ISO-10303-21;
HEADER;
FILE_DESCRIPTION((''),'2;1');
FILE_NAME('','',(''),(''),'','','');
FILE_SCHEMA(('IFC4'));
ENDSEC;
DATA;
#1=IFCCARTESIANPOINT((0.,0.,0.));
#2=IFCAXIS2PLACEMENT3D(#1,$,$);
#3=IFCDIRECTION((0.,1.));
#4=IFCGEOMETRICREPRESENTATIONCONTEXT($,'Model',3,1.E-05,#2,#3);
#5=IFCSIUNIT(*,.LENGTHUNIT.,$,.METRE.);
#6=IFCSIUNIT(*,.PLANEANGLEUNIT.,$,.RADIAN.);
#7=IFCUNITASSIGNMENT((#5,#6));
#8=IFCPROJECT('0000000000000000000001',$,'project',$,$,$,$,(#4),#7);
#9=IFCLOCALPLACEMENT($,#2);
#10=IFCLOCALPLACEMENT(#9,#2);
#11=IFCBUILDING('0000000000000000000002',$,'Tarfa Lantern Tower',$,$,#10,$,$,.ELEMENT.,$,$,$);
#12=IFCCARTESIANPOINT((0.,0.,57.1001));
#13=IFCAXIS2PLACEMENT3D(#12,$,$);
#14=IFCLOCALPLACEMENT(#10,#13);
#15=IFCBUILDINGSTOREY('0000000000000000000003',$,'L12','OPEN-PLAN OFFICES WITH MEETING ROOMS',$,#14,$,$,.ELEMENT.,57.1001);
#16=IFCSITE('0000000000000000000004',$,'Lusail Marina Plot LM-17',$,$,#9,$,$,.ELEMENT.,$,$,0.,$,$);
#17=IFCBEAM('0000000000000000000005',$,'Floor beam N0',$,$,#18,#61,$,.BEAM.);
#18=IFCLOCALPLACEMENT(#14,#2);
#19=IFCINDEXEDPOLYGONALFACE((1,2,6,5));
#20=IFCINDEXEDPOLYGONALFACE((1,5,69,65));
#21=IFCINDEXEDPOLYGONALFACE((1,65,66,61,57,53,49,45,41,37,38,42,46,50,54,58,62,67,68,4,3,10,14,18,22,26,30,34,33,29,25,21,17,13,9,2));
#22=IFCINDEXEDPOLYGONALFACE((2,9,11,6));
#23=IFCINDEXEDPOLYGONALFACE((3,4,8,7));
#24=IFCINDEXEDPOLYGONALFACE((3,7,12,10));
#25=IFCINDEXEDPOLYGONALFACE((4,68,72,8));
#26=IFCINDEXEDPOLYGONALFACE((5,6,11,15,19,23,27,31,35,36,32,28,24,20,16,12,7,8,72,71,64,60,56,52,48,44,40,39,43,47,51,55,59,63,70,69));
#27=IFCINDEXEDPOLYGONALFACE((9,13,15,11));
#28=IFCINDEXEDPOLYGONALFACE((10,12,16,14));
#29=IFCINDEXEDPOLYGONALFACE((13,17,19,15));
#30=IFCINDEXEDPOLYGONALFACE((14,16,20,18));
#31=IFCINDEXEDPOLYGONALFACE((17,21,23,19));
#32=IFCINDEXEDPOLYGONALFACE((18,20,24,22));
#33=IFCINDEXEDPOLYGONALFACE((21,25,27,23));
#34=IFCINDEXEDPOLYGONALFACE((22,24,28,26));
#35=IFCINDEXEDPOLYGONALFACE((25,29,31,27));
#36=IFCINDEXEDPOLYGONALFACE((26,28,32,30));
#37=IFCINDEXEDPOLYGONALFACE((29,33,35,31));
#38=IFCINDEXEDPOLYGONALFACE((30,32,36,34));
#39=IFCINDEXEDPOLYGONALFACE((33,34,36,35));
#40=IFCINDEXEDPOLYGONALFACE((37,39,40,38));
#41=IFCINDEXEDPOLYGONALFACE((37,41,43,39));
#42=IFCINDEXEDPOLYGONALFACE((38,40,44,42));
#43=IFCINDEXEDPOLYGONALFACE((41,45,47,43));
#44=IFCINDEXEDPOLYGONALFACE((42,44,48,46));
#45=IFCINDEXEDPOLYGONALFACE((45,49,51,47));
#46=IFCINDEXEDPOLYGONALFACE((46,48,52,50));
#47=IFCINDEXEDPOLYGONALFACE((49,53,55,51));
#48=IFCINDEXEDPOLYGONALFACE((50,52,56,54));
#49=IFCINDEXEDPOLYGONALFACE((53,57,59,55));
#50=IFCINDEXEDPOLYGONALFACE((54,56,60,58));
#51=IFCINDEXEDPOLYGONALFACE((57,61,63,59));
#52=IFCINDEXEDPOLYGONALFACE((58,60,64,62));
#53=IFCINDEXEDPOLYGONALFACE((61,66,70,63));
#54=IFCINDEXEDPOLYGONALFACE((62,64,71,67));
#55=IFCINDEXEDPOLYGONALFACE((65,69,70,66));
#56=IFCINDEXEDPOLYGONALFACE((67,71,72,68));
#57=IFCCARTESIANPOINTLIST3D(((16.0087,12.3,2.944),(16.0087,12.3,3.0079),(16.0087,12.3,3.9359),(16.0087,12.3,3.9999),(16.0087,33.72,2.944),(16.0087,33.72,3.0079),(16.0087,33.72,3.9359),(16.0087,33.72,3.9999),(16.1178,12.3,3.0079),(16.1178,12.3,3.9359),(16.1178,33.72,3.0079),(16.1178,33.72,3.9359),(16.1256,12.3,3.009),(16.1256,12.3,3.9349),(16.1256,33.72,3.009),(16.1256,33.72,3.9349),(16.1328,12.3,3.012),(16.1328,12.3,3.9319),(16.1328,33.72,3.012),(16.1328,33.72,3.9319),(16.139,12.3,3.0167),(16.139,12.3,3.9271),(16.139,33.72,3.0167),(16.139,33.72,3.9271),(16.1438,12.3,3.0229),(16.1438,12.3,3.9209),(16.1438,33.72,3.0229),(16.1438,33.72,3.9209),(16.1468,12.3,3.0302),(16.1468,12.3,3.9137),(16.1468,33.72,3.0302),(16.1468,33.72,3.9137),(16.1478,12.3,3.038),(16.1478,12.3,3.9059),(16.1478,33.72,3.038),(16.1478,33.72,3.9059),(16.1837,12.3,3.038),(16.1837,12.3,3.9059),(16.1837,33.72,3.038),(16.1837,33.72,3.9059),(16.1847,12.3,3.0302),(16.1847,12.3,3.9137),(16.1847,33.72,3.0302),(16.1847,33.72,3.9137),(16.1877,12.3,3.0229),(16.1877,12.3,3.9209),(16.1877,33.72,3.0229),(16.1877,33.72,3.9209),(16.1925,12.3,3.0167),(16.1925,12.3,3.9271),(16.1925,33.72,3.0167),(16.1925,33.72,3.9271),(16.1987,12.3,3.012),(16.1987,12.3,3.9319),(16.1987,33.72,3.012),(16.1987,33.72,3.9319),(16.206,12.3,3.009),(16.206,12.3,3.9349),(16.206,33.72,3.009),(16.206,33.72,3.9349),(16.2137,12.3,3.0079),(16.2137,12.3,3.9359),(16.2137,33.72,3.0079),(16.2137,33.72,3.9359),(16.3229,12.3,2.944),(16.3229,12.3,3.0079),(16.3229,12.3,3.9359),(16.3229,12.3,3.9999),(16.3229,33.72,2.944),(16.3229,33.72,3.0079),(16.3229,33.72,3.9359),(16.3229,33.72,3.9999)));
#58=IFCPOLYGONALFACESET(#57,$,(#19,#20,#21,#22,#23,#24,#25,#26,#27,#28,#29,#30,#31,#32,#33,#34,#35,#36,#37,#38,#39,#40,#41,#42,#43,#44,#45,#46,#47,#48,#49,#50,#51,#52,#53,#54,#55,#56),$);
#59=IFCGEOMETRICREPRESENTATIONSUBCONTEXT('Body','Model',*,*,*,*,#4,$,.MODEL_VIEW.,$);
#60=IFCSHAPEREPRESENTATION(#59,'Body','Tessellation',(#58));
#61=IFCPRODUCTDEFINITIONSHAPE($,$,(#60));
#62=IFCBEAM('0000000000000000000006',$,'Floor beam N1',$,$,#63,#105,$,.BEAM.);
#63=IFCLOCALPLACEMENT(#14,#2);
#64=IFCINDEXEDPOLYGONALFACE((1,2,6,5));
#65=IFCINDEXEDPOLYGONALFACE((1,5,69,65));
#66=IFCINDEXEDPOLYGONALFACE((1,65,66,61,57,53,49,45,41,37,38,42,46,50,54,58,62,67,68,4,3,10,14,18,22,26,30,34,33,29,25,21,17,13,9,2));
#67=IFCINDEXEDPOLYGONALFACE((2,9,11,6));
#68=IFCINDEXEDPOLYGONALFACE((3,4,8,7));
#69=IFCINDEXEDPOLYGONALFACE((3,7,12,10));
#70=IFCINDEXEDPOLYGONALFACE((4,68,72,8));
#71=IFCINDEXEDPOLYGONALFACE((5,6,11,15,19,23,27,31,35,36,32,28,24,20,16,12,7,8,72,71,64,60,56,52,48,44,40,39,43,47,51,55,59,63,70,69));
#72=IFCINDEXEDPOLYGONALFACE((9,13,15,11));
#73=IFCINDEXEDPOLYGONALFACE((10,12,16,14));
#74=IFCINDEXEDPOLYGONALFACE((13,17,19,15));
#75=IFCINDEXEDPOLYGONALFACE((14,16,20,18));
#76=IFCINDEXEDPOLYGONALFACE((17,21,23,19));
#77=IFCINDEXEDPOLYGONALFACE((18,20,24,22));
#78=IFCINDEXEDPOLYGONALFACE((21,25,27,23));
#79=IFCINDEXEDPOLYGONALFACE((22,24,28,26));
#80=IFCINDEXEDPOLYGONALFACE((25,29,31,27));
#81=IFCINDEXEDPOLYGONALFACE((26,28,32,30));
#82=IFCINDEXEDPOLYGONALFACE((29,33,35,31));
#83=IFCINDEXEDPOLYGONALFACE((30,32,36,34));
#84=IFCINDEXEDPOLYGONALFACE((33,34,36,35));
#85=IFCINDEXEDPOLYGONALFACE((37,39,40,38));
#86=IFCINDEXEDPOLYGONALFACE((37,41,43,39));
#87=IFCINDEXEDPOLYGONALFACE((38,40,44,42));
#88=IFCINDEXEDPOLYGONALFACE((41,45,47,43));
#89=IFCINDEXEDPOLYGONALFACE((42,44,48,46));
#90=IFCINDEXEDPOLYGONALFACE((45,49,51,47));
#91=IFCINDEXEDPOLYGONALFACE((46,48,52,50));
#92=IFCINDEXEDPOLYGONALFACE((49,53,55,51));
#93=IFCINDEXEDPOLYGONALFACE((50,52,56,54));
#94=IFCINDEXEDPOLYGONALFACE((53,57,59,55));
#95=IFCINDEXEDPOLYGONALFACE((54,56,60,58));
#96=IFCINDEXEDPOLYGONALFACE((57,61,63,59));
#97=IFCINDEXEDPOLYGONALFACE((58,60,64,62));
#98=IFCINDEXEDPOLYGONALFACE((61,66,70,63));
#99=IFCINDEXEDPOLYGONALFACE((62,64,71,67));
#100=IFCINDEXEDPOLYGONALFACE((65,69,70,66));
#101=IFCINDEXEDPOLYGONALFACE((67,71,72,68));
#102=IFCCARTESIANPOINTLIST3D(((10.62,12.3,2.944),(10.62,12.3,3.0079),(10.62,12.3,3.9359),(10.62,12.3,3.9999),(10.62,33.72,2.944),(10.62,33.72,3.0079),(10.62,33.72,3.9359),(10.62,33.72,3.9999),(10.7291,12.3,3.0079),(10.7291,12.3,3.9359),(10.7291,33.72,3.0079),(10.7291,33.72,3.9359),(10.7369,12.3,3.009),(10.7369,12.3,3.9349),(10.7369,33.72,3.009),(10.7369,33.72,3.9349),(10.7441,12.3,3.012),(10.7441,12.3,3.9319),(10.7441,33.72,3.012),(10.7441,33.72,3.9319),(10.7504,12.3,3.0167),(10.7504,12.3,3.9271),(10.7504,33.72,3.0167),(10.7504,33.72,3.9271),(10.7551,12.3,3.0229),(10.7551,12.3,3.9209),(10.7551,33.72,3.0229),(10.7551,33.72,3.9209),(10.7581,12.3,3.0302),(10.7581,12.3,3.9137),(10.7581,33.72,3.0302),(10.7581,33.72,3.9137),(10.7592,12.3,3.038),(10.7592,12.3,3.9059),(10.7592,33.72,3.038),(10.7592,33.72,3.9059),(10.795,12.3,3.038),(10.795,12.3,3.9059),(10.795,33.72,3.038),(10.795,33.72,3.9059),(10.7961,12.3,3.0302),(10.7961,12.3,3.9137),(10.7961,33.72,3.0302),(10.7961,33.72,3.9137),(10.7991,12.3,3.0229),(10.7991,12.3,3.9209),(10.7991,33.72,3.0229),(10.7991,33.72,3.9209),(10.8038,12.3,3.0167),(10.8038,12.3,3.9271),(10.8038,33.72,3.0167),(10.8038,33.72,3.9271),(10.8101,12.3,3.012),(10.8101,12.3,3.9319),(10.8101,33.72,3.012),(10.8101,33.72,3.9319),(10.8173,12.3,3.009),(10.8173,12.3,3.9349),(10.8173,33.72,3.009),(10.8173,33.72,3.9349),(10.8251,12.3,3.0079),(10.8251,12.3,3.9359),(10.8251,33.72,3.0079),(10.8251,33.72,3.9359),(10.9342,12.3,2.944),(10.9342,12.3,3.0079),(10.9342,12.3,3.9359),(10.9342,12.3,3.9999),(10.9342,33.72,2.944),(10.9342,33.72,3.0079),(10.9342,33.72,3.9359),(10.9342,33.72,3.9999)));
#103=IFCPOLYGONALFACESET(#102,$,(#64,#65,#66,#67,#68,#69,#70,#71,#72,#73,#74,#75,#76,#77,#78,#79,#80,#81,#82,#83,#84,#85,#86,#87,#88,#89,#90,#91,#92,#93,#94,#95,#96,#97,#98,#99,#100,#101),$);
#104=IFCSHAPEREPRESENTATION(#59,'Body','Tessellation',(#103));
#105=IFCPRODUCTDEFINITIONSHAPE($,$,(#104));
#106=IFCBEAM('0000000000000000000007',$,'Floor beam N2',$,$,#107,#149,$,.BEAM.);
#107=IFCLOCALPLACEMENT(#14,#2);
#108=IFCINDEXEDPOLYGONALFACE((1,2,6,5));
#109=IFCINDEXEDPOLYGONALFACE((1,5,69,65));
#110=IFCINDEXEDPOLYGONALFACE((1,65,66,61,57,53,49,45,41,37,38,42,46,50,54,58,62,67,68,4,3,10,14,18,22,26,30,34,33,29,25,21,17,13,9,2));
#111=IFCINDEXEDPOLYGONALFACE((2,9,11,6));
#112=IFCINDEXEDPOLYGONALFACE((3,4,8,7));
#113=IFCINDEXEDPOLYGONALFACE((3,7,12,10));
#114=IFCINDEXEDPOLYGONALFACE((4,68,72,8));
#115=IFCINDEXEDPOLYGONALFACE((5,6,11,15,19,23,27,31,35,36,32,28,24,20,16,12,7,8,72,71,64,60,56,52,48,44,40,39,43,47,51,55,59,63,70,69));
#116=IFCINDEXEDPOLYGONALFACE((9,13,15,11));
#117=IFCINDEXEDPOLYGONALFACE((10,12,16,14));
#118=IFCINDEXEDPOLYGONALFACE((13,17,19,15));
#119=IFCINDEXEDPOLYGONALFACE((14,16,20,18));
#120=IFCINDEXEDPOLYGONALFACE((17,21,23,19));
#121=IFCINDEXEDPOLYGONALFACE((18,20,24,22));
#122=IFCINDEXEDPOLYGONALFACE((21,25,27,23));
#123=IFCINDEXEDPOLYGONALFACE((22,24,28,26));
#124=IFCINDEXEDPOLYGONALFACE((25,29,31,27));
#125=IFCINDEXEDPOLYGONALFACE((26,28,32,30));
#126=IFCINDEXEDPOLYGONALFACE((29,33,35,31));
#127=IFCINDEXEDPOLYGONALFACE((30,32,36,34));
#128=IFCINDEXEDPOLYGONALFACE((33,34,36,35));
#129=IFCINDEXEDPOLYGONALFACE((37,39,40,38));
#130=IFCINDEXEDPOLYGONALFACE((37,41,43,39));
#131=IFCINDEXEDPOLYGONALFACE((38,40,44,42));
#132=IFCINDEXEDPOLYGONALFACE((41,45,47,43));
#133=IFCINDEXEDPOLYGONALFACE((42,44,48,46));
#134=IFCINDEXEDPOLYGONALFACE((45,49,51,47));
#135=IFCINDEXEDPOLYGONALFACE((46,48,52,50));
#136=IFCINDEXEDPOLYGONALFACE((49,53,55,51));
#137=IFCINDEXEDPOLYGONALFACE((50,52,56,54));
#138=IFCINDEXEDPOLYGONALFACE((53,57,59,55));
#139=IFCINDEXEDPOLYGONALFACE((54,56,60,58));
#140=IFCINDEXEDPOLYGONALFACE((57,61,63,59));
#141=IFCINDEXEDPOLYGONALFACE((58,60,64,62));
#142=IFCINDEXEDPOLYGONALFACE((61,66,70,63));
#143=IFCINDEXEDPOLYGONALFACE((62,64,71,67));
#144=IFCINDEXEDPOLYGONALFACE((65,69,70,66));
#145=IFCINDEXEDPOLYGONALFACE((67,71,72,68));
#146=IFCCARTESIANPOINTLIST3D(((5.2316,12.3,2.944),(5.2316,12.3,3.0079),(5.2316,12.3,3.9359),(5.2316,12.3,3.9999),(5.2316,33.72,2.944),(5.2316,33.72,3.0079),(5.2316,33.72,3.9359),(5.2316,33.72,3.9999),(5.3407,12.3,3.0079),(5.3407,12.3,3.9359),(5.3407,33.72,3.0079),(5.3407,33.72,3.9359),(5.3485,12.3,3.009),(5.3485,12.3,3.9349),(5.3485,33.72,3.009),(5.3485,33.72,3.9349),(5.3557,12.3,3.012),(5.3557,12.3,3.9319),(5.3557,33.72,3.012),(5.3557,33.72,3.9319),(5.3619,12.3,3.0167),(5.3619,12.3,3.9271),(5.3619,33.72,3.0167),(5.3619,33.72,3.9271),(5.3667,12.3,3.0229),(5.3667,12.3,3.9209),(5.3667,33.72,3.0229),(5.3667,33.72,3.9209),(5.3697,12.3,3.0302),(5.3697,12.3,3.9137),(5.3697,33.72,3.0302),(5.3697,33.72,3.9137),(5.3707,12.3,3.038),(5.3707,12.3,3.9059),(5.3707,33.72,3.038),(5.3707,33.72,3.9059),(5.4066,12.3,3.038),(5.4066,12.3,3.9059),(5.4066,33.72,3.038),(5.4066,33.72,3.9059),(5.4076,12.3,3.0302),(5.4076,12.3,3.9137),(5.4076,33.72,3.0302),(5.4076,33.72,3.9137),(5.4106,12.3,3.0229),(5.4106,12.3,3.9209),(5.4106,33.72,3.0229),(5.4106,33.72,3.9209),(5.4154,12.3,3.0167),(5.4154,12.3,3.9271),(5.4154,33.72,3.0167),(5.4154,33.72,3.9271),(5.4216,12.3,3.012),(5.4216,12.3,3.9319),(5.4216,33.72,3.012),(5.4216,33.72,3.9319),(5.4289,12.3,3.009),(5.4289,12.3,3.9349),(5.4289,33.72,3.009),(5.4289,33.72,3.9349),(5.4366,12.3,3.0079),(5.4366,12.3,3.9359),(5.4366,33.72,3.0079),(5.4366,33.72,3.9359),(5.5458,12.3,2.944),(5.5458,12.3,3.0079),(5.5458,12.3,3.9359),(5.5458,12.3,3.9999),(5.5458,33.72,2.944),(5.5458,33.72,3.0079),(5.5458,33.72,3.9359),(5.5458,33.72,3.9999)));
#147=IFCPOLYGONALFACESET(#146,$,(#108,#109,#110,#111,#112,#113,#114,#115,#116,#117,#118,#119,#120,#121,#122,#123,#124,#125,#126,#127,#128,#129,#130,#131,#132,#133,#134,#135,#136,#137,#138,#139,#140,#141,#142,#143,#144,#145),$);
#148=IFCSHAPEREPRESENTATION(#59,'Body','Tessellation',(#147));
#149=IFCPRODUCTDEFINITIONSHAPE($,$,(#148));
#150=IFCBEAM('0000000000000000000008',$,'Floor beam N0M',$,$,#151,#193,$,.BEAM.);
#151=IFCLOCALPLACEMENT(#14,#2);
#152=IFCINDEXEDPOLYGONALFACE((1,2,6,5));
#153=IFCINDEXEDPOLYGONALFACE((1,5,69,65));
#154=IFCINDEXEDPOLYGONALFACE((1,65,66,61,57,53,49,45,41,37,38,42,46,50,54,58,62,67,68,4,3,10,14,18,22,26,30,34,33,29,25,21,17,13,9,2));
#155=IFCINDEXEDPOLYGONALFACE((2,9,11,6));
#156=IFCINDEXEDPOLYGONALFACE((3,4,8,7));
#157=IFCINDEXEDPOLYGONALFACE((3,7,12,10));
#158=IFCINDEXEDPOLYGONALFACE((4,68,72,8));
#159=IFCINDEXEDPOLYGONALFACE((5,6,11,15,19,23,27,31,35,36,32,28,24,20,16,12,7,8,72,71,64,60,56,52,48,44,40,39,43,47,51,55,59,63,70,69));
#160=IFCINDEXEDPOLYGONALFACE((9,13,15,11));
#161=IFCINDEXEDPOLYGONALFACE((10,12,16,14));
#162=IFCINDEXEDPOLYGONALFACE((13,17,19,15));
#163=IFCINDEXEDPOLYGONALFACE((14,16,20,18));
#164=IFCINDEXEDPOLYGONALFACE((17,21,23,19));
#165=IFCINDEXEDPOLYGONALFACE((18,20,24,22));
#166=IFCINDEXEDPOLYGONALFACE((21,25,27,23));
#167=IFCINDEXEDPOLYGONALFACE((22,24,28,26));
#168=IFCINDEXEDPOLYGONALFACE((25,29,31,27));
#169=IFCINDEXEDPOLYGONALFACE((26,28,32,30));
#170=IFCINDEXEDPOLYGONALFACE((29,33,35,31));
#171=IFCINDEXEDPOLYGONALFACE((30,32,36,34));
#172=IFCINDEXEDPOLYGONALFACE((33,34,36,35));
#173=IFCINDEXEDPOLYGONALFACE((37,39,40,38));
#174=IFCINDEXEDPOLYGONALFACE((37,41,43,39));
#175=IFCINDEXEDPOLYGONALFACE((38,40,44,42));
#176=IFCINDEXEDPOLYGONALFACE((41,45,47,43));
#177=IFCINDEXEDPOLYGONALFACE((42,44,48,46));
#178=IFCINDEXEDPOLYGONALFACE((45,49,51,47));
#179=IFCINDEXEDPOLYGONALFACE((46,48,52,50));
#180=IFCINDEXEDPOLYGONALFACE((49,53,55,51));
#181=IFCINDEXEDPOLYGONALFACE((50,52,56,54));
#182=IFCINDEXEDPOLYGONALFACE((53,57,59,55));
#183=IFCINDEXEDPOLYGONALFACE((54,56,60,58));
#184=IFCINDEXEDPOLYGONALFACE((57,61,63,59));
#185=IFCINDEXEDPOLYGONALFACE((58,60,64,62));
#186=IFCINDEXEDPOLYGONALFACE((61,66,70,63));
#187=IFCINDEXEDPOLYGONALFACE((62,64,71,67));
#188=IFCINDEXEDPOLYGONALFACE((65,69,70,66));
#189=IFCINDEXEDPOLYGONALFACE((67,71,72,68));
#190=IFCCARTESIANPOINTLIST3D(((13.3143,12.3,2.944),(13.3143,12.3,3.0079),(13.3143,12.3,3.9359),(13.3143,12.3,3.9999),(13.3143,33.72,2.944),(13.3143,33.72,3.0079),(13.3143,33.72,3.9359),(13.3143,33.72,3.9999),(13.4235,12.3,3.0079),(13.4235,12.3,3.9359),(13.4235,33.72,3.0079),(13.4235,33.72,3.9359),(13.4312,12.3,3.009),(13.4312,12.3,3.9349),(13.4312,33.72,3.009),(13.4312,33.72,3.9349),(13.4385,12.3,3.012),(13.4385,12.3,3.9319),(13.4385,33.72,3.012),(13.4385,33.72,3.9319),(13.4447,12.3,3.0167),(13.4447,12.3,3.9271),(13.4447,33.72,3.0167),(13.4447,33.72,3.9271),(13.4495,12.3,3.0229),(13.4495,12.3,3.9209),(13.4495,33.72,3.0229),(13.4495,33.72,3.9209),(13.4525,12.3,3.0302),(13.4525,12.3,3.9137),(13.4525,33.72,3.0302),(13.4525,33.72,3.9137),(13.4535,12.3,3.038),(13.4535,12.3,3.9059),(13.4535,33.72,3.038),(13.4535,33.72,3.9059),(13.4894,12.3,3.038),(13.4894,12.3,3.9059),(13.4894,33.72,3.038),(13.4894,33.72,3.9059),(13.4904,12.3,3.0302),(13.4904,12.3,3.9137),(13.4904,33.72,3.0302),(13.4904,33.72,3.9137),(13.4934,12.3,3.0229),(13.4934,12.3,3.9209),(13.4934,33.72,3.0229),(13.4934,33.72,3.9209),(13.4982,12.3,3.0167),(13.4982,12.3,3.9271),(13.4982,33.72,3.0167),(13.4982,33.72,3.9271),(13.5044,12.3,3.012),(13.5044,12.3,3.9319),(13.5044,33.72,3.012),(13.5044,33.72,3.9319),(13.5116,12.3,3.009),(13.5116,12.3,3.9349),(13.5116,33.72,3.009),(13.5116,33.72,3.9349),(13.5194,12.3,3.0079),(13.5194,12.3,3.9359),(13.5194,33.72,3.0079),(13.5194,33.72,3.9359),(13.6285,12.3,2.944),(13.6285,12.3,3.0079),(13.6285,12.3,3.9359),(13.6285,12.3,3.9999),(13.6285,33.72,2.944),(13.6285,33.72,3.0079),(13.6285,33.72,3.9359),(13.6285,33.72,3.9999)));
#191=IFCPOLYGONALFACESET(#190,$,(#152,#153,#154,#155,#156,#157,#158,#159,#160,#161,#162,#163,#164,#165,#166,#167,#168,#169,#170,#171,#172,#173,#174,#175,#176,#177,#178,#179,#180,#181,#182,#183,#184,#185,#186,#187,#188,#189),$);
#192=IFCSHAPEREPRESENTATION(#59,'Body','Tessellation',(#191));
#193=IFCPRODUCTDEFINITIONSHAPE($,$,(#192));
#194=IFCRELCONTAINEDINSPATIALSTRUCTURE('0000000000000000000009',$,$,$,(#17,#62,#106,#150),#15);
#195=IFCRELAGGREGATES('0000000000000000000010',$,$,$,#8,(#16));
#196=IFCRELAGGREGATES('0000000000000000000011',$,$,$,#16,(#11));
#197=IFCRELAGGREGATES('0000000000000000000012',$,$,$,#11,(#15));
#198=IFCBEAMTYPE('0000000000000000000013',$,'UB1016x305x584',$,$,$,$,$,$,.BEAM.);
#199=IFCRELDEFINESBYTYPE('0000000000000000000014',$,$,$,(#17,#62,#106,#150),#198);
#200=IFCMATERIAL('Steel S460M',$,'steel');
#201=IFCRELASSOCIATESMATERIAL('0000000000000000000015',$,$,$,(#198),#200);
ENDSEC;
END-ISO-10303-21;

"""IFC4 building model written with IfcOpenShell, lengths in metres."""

from ifc_helpers import new_model, si_unit, direction, frame, origin, origin_2d, place, context, subcontext, project, spatial, i_section, extrude, material, material_profile, profile_set, type_object, element, save


model = new_model("IFC4")

# Units and contexts
model_context = context("Model", 3, precision=1e-05, world=origin(), true_north=direction((0.0, 1.0)))
body_context = subcontext(model_context, "Body", "Model", "MODEL_VIEW")
ifc_project = project(units=[si_unit("LENGTHUNIT", "METRE"), si_unit("PLANEANGLEUNIT", "RADIAN")], contexts=[model_context])

# Site, building, storey
site_placement = place(None, origin())
site = spatial("IfcSite", under=ifc_project, at=site_placement, Name="Lusail Marina Plot LM-17", CompositionType="ELEMENT", RefElevation=0.0)
building_placement = place(site_placement, origin())
building = spatial("IfcBuilding", under=site, at=building_placement, Name="Tarfa Lantern Tower", CompositionType="ELEMENT")
storey_placement = place(building_placement, frame((0.0, 0.0, 57.1001)))
storey = spatial("IfcBuildingStorey", under=building, at=storey_placement, Name="L12", Description="OPEN-PLAN OFFICES WITH MEETING ROOMS", CompositionType="ELEMENT", Elevation=57.1001)

# Beams
ifc_material_1 = material(Name="Steel S460M", Category="steel")
ifc_material_profile_1 = material_profile(ifc_material_1, i_section(OverallWidth=0.3142, OverallDepth=1.0559, WebThickness=0.0359, FlangeThickness=0.064, FilletRadius=0.03, at=origin_2d()), Name="UB1016x305x584")
ifc_profile_set_1 = profile_set([ifc_material_profile_1], Name="Steel S460M")
beam_type_1 = type_object("IfcBeamType", Name="UB1016x305x584", PredefinedType="BEAM", material=ifc_profile_set_1)
for number, where, z_axis, x_axis, name in (
    (1, (16.1658, 33.72, 3.4719), (0.0, -1.0, 0.0), (1.0, 0.0, 0.0), "Floor beam N0"),
    (2, (10.7771, 33.72, 3.4719), (0.0, -1.0, 0.0), (1.0, 0.0, 0.0), "Floor beam N1"),
    (3, (5.3887, 33.72, 3.4719), (0.0, -1.0, 0.0), (1.0, 0.0, 0.0), "Floor beam N2"),
    (4, (13.4714, 33.72, 3.4719), (0.0, -1.0, 0.0), (1.0, 0.0, 0.0), "Floor beam N0M"),
):
    element("IfcBeam", number, at=place(storey_placement, frame(where, z_axis=z_axis, x_axis=x_axis)), inside=storey, type_object=beam_type_1, Name=name, PredefinedType="BEAM", context=body_context, shape_type="SweptSolid", body=[
        extrude(i_section(OverallWidth=0.3142, OverallDepth=1.0559, WebThickness=0.0359, FlangeThickness=0.064, FilletRadius=0.03, at=origin_2d()), origin(), (0.0, 0.0, 1.0), 21.4199),
    ])

save(model, "model.ifc")
